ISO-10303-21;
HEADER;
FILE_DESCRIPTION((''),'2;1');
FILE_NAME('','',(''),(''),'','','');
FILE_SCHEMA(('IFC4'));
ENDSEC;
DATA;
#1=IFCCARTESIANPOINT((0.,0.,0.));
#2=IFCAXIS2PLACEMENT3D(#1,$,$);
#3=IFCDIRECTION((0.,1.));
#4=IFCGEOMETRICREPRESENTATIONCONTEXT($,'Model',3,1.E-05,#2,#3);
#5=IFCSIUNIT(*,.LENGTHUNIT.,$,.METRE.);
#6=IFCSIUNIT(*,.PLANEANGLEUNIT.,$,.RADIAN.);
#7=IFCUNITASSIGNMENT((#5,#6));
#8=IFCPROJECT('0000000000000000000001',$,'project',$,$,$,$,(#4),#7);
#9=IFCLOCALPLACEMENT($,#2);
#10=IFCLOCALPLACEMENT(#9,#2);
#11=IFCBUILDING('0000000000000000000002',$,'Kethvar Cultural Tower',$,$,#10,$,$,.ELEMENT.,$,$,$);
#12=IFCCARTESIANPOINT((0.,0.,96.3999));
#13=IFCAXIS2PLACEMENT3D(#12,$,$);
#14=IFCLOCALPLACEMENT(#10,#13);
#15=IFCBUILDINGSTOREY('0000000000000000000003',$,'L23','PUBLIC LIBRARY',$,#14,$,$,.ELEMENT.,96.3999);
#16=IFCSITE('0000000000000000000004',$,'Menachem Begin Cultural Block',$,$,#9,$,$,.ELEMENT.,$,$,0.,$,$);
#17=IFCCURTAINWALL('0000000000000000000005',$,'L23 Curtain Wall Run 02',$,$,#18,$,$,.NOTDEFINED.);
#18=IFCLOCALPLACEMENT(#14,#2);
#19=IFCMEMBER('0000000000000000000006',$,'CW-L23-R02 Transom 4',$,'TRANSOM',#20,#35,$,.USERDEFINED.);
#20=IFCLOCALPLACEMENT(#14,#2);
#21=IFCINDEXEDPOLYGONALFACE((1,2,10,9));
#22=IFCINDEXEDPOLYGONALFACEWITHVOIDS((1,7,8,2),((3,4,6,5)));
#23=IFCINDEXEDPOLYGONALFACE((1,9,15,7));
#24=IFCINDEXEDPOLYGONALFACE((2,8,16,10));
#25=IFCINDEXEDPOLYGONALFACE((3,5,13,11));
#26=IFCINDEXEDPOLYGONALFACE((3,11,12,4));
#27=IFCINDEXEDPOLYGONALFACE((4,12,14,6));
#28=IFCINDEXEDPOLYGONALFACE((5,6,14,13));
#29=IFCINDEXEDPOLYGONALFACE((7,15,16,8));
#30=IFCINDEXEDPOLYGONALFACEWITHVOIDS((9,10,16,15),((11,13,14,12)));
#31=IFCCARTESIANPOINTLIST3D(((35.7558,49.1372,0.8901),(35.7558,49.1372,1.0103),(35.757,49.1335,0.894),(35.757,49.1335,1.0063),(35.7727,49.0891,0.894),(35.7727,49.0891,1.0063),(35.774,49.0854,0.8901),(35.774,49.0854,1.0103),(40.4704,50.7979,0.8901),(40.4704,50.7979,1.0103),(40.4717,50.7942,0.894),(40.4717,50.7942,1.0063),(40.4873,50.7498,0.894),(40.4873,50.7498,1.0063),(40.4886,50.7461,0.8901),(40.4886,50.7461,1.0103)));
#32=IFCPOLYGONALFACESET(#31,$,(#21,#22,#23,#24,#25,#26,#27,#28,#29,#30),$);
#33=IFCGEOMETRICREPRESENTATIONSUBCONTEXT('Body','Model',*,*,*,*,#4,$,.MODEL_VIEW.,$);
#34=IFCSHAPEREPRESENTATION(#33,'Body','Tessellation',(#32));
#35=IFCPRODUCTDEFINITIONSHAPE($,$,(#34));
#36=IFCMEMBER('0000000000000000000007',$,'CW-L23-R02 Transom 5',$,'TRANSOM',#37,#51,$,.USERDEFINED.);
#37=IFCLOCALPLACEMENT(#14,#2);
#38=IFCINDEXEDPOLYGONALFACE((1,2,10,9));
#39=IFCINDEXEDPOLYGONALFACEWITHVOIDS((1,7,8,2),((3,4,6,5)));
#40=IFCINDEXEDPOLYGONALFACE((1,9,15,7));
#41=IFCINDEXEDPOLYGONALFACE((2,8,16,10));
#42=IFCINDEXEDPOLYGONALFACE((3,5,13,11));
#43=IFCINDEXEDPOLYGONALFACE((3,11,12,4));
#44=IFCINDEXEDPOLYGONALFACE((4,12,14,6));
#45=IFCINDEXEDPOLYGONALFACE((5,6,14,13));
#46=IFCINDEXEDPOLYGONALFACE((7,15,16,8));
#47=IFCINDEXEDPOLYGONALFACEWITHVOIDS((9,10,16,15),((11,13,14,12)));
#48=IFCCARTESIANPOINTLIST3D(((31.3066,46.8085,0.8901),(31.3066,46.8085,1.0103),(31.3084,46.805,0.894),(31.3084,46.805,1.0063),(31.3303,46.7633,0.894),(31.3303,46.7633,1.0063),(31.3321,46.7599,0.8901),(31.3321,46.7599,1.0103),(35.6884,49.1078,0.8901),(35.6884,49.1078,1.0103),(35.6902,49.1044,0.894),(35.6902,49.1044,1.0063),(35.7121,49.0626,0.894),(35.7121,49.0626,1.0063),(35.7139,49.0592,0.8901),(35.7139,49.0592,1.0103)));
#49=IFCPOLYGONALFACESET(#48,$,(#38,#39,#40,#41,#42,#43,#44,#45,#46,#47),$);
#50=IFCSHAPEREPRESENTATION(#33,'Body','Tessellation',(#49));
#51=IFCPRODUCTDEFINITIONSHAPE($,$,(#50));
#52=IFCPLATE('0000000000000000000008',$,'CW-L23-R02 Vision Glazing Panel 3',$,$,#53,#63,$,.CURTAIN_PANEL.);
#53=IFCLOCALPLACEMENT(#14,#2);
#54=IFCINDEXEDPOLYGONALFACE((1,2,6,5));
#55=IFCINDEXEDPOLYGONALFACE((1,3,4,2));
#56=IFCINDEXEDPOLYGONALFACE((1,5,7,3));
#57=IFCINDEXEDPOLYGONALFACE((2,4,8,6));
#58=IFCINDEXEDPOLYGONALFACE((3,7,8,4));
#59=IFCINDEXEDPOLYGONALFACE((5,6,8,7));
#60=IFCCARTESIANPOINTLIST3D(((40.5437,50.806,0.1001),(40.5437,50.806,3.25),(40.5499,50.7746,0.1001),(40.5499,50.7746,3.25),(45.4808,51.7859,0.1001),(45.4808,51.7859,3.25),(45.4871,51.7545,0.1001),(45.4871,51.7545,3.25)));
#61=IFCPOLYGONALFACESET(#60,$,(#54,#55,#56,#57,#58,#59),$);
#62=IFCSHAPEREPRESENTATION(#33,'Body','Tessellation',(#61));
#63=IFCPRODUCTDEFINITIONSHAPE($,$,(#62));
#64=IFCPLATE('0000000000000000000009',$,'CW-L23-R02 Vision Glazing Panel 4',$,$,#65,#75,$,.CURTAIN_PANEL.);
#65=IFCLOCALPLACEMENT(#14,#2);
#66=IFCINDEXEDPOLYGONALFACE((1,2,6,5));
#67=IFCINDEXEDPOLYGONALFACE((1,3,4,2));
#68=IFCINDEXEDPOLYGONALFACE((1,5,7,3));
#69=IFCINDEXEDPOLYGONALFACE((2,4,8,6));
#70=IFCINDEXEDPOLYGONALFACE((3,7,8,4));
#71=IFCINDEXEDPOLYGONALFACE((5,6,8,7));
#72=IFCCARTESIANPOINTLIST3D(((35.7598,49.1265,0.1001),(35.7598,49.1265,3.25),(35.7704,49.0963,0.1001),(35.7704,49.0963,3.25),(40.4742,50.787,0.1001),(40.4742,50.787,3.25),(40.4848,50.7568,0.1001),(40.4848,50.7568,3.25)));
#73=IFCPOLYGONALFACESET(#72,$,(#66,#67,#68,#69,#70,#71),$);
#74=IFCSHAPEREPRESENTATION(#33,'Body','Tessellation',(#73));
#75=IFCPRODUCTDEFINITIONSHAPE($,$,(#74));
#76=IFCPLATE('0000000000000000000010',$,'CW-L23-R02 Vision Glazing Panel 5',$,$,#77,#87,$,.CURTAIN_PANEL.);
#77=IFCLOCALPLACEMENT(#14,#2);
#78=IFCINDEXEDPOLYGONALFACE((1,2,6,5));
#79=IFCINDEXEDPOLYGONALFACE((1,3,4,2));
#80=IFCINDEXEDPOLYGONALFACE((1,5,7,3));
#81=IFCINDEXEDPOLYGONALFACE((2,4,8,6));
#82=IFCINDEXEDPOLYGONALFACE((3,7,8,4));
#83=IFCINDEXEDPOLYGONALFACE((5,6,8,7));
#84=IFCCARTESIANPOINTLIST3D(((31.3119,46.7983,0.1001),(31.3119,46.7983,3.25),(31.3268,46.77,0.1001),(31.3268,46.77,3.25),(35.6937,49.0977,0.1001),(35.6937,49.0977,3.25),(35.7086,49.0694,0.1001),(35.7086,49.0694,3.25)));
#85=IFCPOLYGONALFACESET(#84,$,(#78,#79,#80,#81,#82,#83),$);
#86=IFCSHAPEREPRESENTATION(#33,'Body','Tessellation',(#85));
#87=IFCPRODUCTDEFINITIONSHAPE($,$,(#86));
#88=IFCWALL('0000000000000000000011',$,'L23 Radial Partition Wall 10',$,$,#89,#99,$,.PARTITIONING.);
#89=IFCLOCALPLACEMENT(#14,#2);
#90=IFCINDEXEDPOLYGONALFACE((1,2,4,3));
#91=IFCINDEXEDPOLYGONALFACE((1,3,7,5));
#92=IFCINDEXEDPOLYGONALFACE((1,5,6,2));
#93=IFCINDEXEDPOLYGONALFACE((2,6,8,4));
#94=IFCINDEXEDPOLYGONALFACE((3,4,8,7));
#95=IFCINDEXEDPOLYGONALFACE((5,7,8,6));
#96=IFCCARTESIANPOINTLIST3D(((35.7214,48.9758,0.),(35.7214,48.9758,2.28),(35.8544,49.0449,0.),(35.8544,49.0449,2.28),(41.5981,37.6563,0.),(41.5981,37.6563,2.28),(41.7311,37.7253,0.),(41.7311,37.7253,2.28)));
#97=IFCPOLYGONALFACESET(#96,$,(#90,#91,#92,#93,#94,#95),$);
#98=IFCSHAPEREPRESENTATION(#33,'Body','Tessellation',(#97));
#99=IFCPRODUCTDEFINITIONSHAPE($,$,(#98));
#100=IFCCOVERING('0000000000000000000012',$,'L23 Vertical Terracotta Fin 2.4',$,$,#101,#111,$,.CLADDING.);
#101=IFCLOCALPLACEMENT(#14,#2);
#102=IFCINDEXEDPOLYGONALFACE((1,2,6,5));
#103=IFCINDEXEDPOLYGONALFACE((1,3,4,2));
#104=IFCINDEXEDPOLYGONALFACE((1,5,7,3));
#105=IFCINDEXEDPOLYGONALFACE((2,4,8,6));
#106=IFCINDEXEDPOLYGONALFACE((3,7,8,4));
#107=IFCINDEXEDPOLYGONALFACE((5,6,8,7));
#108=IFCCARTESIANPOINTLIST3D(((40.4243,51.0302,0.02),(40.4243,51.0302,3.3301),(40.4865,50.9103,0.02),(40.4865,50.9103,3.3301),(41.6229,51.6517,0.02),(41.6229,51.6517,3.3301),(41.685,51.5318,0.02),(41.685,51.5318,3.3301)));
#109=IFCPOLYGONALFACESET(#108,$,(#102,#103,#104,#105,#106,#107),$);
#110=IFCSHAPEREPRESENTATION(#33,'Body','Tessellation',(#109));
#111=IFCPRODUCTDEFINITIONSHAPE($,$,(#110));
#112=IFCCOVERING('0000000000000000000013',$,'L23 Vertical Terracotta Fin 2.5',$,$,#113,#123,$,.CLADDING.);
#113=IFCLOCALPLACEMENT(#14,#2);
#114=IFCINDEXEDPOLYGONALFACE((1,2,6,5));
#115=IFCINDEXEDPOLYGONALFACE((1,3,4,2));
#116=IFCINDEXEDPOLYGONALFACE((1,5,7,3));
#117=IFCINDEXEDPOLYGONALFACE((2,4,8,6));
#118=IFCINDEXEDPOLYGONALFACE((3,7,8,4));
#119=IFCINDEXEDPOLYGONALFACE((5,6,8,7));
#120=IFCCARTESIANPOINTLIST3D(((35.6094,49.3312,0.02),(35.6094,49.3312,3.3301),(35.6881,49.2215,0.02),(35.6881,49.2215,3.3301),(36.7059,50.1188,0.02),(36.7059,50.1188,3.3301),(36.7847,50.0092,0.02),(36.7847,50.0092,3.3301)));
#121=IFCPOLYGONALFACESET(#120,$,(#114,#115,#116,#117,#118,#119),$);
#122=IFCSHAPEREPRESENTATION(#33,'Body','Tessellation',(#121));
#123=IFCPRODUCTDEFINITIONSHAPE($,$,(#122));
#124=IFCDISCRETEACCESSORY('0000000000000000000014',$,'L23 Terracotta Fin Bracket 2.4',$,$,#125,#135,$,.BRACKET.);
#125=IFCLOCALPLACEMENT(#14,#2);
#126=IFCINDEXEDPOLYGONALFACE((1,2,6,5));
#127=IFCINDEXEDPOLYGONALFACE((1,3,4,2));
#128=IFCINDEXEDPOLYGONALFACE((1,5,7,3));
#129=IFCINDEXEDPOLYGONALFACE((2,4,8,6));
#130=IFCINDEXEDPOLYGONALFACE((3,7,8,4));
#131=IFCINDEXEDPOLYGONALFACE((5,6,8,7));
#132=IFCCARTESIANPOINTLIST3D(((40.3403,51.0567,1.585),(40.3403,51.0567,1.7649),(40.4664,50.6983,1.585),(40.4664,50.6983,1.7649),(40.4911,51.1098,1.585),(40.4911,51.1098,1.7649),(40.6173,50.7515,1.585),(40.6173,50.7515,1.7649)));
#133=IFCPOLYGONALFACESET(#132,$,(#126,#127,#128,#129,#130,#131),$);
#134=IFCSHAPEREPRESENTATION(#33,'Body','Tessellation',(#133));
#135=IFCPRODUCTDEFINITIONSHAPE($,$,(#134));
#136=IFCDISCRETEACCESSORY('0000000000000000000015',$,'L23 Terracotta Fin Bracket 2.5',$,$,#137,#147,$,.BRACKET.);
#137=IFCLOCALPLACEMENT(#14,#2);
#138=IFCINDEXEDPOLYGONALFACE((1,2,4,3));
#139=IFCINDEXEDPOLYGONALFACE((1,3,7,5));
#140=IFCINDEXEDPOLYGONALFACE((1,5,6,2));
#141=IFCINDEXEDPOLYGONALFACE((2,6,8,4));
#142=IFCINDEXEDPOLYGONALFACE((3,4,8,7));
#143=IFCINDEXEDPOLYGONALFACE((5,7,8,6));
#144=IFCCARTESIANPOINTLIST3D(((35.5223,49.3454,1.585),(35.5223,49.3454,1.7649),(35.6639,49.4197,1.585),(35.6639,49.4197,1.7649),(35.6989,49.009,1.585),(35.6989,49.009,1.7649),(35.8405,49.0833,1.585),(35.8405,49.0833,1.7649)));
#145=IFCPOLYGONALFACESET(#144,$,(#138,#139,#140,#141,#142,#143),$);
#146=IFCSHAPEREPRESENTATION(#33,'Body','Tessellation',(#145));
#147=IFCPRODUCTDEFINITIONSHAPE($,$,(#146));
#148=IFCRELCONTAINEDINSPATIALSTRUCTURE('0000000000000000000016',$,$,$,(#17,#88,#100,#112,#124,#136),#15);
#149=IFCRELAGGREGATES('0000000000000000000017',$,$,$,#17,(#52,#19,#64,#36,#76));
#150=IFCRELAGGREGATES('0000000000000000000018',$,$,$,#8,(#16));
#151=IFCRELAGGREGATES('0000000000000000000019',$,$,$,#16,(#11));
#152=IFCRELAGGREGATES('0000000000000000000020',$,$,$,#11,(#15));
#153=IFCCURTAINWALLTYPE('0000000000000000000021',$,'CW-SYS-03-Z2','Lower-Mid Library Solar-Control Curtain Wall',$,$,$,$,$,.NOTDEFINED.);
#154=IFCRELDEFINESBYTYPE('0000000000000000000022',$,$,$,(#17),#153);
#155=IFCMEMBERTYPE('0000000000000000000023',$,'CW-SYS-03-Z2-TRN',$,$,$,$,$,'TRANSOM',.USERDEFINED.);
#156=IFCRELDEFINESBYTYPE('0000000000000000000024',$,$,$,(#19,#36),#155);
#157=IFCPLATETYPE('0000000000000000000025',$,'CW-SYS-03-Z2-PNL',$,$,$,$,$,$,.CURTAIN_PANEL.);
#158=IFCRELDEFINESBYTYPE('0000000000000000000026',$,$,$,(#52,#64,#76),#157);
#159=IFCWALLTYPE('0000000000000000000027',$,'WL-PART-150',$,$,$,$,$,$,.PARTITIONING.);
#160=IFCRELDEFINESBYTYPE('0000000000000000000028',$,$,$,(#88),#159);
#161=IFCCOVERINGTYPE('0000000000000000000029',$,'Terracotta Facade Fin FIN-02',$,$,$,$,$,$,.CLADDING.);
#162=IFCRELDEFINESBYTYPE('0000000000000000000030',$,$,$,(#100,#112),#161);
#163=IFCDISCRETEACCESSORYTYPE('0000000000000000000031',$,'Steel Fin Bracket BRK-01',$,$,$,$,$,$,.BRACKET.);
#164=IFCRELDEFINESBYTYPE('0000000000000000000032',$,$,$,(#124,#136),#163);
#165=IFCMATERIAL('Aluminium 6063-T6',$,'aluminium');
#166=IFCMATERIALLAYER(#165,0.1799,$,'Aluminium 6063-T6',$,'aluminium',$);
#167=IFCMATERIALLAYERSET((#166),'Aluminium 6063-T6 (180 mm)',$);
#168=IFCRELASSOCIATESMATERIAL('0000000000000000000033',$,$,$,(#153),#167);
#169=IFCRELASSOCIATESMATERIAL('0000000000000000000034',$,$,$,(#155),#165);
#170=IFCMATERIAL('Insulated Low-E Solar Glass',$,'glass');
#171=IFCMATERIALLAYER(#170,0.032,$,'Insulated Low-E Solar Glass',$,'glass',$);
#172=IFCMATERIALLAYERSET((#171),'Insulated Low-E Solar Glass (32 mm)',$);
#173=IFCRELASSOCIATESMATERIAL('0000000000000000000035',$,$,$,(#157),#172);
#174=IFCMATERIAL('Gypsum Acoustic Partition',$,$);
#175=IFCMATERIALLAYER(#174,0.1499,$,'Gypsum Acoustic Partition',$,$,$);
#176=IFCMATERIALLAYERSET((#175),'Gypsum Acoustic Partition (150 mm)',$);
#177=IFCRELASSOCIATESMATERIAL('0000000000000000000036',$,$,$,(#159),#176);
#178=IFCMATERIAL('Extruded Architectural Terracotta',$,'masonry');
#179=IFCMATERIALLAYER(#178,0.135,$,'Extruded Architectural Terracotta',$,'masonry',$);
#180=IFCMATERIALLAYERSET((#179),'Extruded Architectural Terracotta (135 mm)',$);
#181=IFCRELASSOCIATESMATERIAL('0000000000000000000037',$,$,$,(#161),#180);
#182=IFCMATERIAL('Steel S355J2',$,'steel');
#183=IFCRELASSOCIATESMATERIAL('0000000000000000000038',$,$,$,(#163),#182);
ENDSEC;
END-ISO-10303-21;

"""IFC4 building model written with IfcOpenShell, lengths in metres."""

from ifc_helpers import new_model, si_unit, direction, frame, frame_2d, origin, origin_2d, place, context, subcontext, project, spatial, rectangle, hollow_rectangle, extrude, source, transform, mapped, material, layer, layer_set, material_profile, profile_set, type_object, element, aggregate, save


model = new_model("IFC4")

# Units and contexts
model_context = context("Model", 3, precision=1e-05, world=origin(), true_north=direction((0.0, 1.0)))
body_context = subcontext(model_context, "Body", "Model", "MODEL_VIEW")
ifc_project = project(units=[si_unit("LENGTHUNIT", "METRE"), si_unit("PLANEANGLEUNIT", "RADIAN")], contexts=[model_context])

# Site, building, storey
site_placement = place(None, origin())
site = spatial("IfcSite", under=ifc_project, at=site_placement, Name="Menachem Begin Cultural Block", CompositionType="ELEMENT", RefElevation=0.0)
building_placement = place(site_placement, origin())
building = spatial("IfcBuilding", under=site, at=building_placement, Name="Kethvar Cultural Tower", CompositionType="ELEMENT")
storey_placement = place(building_placement, frame((0.0, 0.0, 96.3999)))
storey = spatial("IfcBuildingStorey", under=building, at=storey_placement, Name="L23", Description="PUBLIC LIBRARY", CompositionType="ELEMENT", Elevation=96.3999)

# Shared definitions
ifc_material_1 = material(Name="Steel S355J2", Category="steel")

# Curtain wall, members, plates
ifc_material_2 = material(Name="Aluminium 6063-T6", Category="aluminium")
ifc_layer_1 = layer(ifc_material_2, 0.1799, Name="Aluminium 6063-T6", Category="aluminium")
ifc_layer_set_1 = layer_set([ifc_layer_1], Name="Aluminium 6063-T6 (180 mm)")
curtain_wall_type = type_object("IfcCurtainWallType", Name="CW-SYS-03-Z2", Description="Lower-Mid Library Solar-Control Curtain Wall", PredefinedType="NOTDEFINED", material=ifc_layer_set_1)
curtain_wall_placement = place(storey_placement, origin())
curtain_wall = element("IfcCurtainWall", 1, at=curtain_wall_placement, inside=storey, type_object=curtain_wall_type, Name="L23 Curtain Wall Run 02", PredefinedType="NOTDEFINED")
ifc_material_profile_1 = material_profile(ifc_material_2, hollow_rectangle(XDim=0.0549, YDim=0.1201, WallThickness=0.0039, at=origin_2d()), Name="Aluminium 6063-T6 — RHS120x55x4")
ifc_profile_set_1 = profile_set([ifc_material_profile_1], Name="Aluminium 6063-T6 — RHS120x55x4")
member_type_1 = type_object("IfcMemberType", Name="CW-SYS-03-Z2-TRN", ElementType="TRANSOM", PredefinedType="USERDEFINED", material=ifc_profile_set_1)
shared_shape_1 = source(origin(), body_context, "Body", "SweptSolid", [
    extrude(hollow_rectangle(XDim=0.0549, YDim=0.1201, WallThickness=0.0039, at=origin_2d()), origin(), (0.0, 0.0, 1.0), 4.9985),
])
member_1_placement = place(storey_placement, frame((40.4795, 50.772, 0.9502), z_axis=(-0.943199, -0.332227, 0.0), x_axis=(0.332227, -0.943199, 0.0)))
member_1 = element("IfcMember", 2, at=member_1_placement, type_object=member_type_1, Name="CW-L23-R02 Transom 4", ObjectType="TRANSOM", PredefinedType="USERDEFINED", context=body_context, shape_type="MappedRepresentation", body=[
    mapped(shared_shape_1, transform((0.0, 0.0, 0.0), scale=1.0)),
])
shared_shape_2 = source(origin(), body_context, "Body", "SweptSolid", [
    extrude(hollow_rectangle(XDim=0.0549, YDim=0.1201, WallThickness=0.0039, at=origin_2d()), origin(), (0.0, 0.0, 1.0), 4.9485),
])
member_2_placement = place(storey_placement, frame((35.7012, 49.0835, 0.9502), z_axis=(-0.885493, -0.464652, 0.0), x_axis=(0.464652, -0.885493, 0.0)))
member_2 = element("IfcMember", 3, at=member_2_placement, type_object=member_type_1, Name="CW-L23-R02 Transom 5", ObjectType="TRANSOM", PredefinedType="USERDEFINED", context=body_context, shape_type="MappedRepresentation", body=[
    mapped(shared_shape_2, transform((0.0, 0.0, 0.0), scale=1.0)),
])
ifc_material_3 = material(Name="Insulated Low-E Solar Glass", Category="glass")
ifc_layer_2 = layer(ifc_material_3, 0.032, Name="Insulated Low-E Solar Glass", Category="glass")
ifc_layer_set_2 = layer_set([ifc_layer_2], Name="Insulated Low-E Solar Glass (32 mm)")
plate_type = type_object("IfcPlateType", Name="CW-SYS-03-Z2-PNL", PredefinedType="CURTAIN_PANEL", material=ifc_layer_set_2)
shared_shape_3 = source(origin(), body_context, "Body", "SweptSolid", [
    extrude(rectangle(XDim=5.0334, YDim=0.032, at=origin_2d()), origin(), (0.0, 0.0, 1.0), 3.1499),
])
plate_1_placement = place(storey_placement, frame((43.0154, 51.2803, 0.1001), z_axis=(0.0, 0.0, 1.0), x_axis=(-0.980867, -0.194679, 0.0)))
plate_1 = element("IfcPlate", 4, at=plate_1_placement, type_object=plate_type, Name="CW-L23-R02 Vision Glazing Panel 3", PredefinedType="CURTAIN_PANEL", context=body_context, shape_type="MappedRepresentation", body=[
    mapped(shared_shape_3, transform((0.0, 0.0, 0.0), scale=1.0)),
])
shared_shape_4 = source(origin(), body_context, "Body", "SweptSolid", [
    extrude(rectangle(XDim=4.9983, YDim=0.032, at=origin_2d()), origin(), (0.0, 0.0, 1.0), 3.1499),
])
plate_2_placement = place(storey_placement, frame((38.1223, 49.9417, 0.1001), z_axis=(0.0, 0.0, 1.0), x_axis=(-0.943205, -0.332211, 0.0)))
plate_2 = element("IfcPlate", 5, at=plate_2_placement, type_object=plate_type, Name="CW-L23-R02 Vision Glazing Panel 4", PredefinedType="CURTAIN_PANEL", context=body_context, shape_type="MappedRepresentation", body=[
    mapped(shared_shape_4, transform((0.0, 0.0, 0.0), scale=1.0)),
])
shared_shape_5 = source(origin(), body_context, "Body", "SweptSolid", [
    extrude(rectangle(XDim=4.9485, YDim=0.032, at=origin_2d()), origin(), (0.0, 0.0, 1.0), 3.1499),
])
plate_3_placement = place(storey_placement, frame((33.5103, 47.9338, 0.1001), z_axis=(0.0, 0.0, 1.0), x_axis=(-0.885483, -0.464672, 0.0)))
plate_3 = element("IfcPlate", 6, at=plate_3_placement, type_object=plate_type, Name="CW-L23-R02 Vision Glazing Panel 5", PredefinedType="CURTAIN_PANEL", context=body_context, shape_type="MappedRepresentation", body=[
    mapped(shared_shape_5, transform((0.0, 0.0, 0.0), scale=1.0)),
])
aggregate(curtain_wall, [plate_1, member_1, plate_2, member_2, plate_3])

# Wall
ifc_material_4 = material(Name="Gypsum Acoustic Partition")
ifc_layer_3 = layer(ifc_material_4, 0.1499, Name="Gypsum Acoustic Partition")
ifc_layer_set_3 = layer_set([ifc_layer_3], Name="Gypsum Acoustic Partition (150 mm)")
wall_type = type_object("IfcWallType", Name="WL-PART-150", PredefinedType="PARTITIONING", material=ifc_layer_set_3)
wall_placement = place(storey_placement, frame((41.6646, 37.6909, 0.0), z_axis=(0.0, 0.0, 1.0), x_axis=(-0.460768, 0.887521, 0.0)))
element("IfcWall", 7, at=wall_placement, inside=storey, type_object=wall_type, Name="L23 Radial Partition Wall 10", PredefinedType="PARTITIONING", context=body_context, shape_type="SweptSolid", body=[
    extrude(rectangle(XDim=12.7542, YDim=0.1499, at=frame_2d((6.377, 0.0))), origin(), (0.0, 0.0, 1.0), 2.28),
])

# Coverings
ifc_material_5 = material(Name="Extruded Architectural Terracotta", Category="masonry")
ifc_layer_4 = layer(ifc_material_5, 0.135, Name="Extruded Architectural Terracotta", Category="masonry")
ifc_layer_set_4 = layer_set([ifc_layer_4], Name="Extruded Architectural Terracotta (135 mm)")
covering_type = type_object("IfcCoveringType", Name="Terracotta Facade Fin FIN-02", PredefinedType="CLADDING", material=ifc_layer_set_4)
shared_shape_6 = source(origin(), body_context, "Body", "SweptSolid", [
    extrude(rectangle(XDim=1.3501, YDim=0.135, at=origin_2d()), origin(), (0.0, 0.0, 1.0), 3.3101),
])
for number, where, z_axis, x_axis, name in (
    (8, (41.0547, 51.281, 0.02), (0.0, 0.0, 1.0), (0.887735, 0.460355, 0.0), "L23 Vertical Terracotta Fin 2.4"),
    (9, (36.197, 49.6702, 0.02), (0.0, 0.0, 1.0), (0.812185, 0.583399, 0.0), "L23 Vertical Terracotta Fin 2.5"),
):
    element("IfcCovering", number, at=place(storey_placement, frame(where, z_axis=z_axis, x_axis=x_axis)), inside=storey, type_object=covering_type, Name=name, PredefinedType="CLADDING", context=body_context, shape_type="MappedRepresentation", body=[
        mapped(shared_shape_6, transform((0.0, 0.0, 0.0), scale=1.0)),
    ])

# Discrete accessories
discrete_accessory_type = type_object("IfcDiscreteAccessoryType", Name="Steel Fin Bracket BRK-01", PredefinedType="BRACKET", material=ifc_material_1)
shared_shape_7 = source(origin(), body_context, "Body", "SweptSolid", [
    extrude(rectangle(XDim=0.3799, YDim=0.1599, at=origin_2d()), origin(), (0.0, 0.0, 1.0), 0.1799),
])
for number, where, z_axis, x_axis, name in (
    (10, (40.4788, 50.9041, 1.585), (0.0, 0.0, 1.0), (-0.332161, 0.943223, 0.0), "L23 Terracotta Fin Bracket 2.4"),
    (11, (35.6814, 49.2144, 1.585), (0.0, 0.0, 1.0), (-0.464688, 0.885475, 0.0), "L23 Terracotta Fin Bracket 2.5"),
):
    element("IfcDiscreteAccessory", number, at=place(storey_placement, frame(where, z_axis=z_axis, x_axis=x_axis)), inside=storey, type_object=discrete_accessory_type, Name=name, PredefinedType="BRACKET", context=body_context, shape_type="MappedRepresentation", body=[
        mapped(shared_shape_7, transform((0.0, 0.0, 0.0), scale=1.0)),
    ])

save(model, "model.ifc")
